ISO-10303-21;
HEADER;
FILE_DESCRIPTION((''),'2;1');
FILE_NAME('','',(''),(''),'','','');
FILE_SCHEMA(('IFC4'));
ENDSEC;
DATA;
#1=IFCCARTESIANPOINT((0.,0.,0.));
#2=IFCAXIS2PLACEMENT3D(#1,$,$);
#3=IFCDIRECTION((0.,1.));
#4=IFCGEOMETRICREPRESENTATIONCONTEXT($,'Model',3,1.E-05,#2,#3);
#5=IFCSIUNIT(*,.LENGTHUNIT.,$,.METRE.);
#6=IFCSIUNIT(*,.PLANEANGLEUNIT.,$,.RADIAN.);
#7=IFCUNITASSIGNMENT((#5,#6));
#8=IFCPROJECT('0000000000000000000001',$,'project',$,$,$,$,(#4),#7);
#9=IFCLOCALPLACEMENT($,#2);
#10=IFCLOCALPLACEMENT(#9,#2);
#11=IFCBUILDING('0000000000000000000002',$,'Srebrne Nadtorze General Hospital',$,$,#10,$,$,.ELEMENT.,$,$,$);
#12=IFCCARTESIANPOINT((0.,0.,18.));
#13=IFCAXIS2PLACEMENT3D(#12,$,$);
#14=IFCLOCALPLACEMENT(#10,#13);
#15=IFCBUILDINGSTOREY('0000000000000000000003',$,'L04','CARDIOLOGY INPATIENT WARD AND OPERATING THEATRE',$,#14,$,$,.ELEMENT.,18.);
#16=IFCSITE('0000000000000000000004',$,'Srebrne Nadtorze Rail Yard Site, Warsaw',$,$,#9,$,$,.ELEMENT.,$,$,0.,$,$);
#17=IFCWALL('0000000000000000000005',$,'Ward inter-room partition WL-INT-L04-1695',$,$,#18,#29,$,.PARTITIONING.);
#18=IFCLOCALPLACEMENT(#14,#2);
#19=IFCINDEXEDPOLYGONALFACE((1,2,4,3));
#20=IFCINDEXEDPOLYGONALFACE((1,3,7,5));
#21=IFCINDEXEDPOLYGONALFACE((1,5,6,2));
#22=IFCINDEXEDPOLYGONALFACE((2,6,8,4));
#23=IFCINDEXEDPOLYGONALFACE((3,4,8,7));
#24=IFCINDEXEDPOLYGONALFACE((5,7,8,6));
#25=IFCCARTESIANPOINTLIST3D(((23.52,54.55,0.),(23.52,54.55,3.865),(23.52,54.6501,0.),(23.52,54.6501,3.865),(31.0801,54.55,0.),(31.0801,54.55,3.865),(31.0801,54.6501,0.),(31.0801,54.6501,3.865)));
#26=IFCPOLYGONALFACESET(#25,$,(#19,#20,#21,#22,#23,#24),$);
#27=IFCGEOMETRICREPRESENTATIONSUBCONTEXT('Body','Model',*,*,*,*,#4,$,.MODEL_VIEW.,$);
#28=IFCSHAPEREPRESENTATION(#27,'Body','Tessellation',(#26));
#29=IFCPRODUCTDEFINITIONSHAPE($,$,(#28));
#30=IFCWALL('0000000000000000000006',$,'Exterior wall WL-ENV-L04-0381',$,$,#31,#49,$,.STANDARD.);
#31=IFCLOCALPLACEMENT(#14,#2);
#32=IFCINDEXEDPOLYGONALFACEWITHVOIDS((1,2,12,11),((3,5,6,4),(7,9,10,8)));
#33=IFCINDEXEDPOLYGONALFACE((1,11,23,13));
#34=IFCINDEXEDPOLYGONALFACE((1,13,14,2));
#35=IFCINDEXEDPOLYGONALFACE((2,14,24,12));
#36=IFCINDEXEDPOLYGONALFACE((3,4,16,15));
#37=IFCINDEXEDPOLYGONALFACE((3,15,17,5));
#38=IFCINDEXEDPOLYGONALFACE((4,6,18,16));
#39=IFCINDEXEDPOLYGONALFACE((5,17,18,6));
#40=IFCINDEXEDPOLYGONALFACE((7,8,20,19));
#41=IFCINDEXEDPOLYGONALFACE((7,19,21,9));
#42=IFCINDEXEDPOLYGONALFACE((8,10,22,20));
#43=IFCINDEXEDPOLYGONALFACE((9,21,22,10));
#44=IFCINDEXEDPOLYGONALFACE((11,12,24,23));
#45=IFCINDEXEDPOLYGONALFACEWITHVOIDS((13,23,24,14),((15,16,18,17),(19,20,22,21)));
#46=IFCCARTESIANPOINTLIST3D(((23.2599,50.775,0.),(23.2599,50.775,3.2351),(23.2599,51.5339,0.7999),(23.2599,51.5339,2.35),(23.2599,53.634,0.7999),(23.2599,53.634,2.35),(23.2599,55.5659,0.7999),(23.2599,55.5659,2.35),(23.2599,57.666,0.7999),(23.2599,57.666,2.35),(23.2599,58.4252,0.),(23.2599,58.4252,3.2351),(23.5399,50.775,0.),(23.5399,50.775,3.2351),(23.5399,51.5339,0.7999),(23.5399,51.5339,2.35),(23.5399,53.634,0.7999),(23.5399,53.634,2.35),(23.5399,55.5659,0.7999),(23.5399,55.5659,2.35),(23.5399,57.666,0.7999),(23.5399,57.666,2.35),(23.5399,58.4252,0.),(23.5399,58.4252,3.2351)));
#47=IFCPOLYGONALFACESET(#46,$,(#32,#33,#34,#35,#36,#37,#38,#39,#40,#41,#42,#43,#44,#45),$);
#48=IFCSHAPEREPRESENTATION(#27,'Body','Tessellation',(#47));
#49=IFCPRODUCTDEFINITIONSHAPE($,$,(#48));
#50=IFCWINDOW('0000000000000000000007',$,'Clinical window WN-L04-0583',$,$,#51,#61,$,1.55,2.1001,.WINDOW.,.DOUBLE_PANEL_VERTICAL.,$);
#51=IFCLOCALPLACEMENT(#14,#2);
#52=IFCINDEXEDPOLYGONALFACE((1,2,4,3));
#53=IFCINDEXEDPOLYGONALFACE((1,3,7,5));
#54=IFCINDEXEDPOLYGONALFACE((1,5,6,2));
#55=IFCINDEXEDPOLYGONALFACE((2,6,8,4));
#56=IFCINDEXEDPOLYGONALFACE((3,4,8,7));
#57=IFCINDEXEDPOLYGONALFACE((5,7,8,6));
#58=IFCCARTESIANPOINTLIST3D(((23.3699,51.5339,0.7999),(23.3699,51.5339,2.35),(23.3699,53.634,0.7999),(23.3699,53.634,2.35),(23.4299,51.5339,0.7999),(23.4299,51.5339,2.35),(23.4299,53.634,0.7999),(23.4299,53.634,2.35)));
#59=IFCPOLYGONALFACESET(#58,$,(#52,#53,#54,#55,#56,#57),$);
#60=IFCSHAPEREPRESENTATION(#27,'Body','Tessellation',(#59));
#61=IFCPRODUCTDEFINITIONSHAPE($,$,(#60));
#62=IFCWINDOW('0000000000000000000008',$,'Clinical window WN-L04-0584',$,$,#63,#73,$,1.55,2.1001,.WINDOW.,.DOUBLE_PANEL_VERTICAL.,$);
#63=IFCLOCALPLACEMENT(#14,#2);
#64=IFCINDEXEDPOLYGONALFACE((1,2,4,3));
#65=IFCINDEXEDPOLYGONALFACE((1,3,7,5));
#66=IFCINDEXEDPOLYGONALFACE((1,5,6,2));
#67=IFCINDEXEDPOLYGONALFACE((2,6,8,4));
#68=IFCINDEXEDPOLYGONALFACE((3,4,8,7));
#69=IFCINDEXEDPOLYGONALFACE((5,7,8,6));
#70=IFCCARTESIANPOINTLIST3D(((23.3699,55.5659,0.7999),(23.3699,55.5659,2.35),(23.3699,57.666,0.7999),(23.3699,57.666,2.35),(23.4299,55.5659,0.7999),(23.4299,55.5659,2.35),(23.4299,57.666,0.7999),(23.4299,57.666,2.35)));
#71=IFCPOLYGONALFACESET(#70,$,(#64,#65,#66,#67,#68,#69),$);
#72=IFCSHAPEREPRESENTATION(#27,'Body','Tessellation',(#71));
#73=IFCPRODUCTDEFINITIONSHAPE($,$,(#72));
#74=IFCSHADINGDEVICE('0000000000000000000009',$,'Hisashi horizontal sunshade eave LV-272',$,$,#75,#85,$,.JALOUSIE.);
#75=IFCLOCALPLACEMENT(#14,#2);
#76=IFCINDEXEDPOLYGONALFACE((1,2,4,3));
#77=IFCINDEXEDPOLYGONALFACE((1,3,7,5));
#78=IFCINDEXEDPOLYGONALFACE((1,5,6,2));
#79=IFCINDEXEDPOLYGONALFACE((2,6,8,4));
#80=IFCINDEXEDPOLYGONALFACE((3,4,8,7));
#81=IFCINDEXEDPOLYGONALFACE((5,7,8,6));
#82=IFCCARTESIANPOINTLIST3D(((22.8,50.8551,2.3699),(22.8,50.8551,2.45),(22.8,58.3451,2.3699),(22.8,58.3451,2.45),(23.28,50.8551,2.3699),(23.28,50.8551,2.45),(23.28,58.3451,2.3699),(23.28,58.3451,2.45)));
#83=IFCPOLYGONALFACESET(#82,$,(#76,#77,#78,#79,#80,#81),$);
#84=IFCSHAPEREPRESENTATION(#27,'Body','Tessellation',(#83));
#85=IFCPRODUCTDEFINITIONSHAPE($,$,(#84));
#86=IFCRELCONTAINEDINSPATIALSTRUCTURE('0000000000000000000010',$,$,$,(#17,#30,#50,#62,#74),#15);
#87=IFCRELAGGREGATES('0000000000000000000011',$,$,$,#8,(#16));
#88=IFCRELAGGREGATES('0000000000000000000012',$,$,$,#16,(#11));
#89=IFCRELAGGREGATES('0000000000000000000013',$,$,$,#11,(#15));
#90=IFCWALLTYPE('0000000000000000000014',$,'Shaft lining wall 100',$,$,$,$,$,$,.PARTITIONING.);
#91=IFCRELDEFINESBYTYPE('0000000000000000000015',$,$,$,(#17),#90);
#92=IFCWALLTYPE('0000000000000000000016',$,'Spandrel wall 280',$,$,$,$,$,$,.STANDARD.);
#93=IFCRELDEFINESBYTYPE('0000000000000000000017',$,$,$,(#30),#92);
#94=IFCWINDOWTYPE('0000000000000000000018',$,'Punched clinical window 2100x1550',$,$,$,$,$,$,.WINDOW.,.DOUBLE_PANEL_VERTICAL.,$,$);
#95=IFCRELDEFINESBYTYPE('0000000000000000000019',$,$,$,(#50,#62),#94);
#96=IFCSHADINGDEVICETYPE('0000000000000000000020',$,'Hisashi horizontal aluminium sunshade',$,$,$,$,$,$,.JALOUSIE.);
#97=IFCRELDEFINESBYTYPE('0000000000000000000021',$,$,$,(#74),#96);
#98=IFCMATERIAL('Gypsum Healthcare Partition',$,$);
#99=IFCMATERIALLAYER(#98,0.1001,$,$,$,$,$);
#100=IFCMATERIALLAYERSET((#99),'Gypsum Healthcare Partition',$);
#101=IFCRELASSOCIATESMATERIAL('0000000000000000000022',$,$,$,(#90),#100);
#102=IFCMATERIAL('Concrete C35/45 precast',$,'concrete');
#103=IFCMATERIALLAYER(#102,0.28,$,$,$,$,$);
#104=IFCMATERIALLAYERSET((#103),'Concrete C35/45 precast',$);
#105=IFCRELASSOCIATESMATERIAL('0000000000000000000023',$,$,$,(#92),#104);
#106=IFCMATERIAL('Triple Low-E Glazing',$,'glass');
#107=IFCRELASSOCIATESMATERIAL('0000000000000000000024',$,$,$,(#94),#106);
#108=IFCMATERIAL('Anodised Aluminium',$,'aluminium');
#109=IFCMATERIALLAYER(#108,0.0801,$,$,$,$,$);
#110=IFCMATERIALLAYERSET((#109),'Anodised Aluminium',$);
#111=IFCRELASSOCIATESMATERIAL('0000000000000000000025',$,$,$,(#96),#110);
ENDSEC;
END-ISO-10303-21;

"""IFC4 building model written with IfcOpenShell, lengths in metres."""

from ifc_helpers import new_model, si_unit, direction, frame, frame_2d, origin, origin_2d, place, context, subcontext, project, spatial, rectangle, extrude, material, layer, layer_set, type_object, element, fill, save


model = new_model("IFC4")

# Units and contexts
model_context = context("Model", 3, precision=1e-05, world=origin(), true_north=direction((0.0, 1.0)))
body_context = subcontext(model_context, "Body", "Model", "MODEL_VIEW")
ifc_project = project(units=[si_unit("LENGTHUNIT", "METRE"), si_unit("PLANEANGLEUNIT", "RADIAN")], contexts=[model_context])

# Site, building, storey
site_placement = place(None, origin())
site = spatial("IfcSite", under=ifc_project, at=site_placement, Name="Srebrne Nadtorze Rail Yard Site, Warsaw", CompositionType="ELEMENT", RefElevation=0.0)
building_placement = place(site_placement, origin())
building = spatial("IfcBuilding", under=site, at=building_placement, Name="Srebrne Nadtorze General Hospital", CompositionType="ELEMENT")
storey_placement = place(building_placement, frame((0.0, 0.0, 18.0)))
storey = spatial("IfcBuildingStorey", under=building, at=storey_placement, Name="L04", Description="CARDIOLOGY INPATIENT WARD AND OPERATING THEATRE", CompositionType="ELEMENT", Elevation=18.0)

# Wall
ifc_material_1 = material(Name="Gypsum Healthcare Partition")
ifc_layer_1 = layer(ifc_material_1, 0.1001)
ifc_layer_set_1 = layer_set([ifc_layer_1], Name="Gypsum Healthcare Partition")
wall_type_1 = type_object("IfcWallType", Name="Shaft lining wall 100", PredefinedType="PARTITIONING", material=ifc_layer_set_1)
wall_1_placement = place(storey_placement, frame((23.52, 54.6001, 0.0), z_axis=(0.0, 0.0, 1.0), x_axis=(1.0, 0.0, 0.0)))
element("IfcWall", 1, at=wall_1_placement, inside=storey, type_object=wall_type_1, Name="Ward inter-room partition WL-INT-L04-1695", PredefinedType="PARTITIONING", context=body_context, shape_type="SweptSolid", body=[
    extrude(rectangle(XDim=7.5601, YDim=0.1001, at=frame_2d((3.78, 0.0))), origin(), (0.0, 0.0, 1.0), 3.865),
])

# Wall, openings, windows
ifc_material_2 = material(Name="Concrete C35/45 precast", Category="concrete")
ifc_layer_2 = layer(ifc_material_2, 0.28)
ifc_layer_set_2 = layer_set([ifc_layer_2], Name="Concrete C35/45 precast")
wall_type_2 = type_object("IfcWallType", Name="Spandrel wall 280", PredefinedType="STANDARD", material=ifc_layer_set_2)
wall_2_placement = place(storey_placement, frame((23.3999, 50.7749, 0.0), z_axis=(0.0, 0.0, 1.0), x_axis=(0.0, 1.0, 0.0)))
wall_2 = element("IfcWall", 2, at=wall_2_placement, inside=storey, type_object=wall_type_2, Name="Exterior wall WL-ENV-L04-0381", PredefinedType="STANDARD", context=body_context, shape_type="SweptSolid", body=[
    extrude(rectangle(XDim=7.6501, YDim=0.28, at=frame_2d((3.8252, 0.0))), origin(), (0.0, 0.0, 1.0), 3.2351),
])
opening_1_placement = place(wall_2_placement, frame((0.759, 0.0, 0.8)))
opening_1 = element("IfcOpeningElement", 3, at=opening_1_placement, cuts=wall_2, PredefinedType="OPENING", context=body_context, shape_type="SweptSolid", body=[
    extrude(rectangle(XDim=2.1001, YDim=1.55, at=frame_2d((1.05, 0.7749))), frame((0.0, 0.1519, 0.0), z_axis=(0.0, -1.0, 0.0), x_axis=(1.0, 0.0, 0.0)), (0.0, 0.0, 1.0), 0.304),
])
opening_2_placement = place(wall_2_placement, frame((4.791, 0.0, 0.8)))
opening_2 = element("IfcOpeningElement", 4, at=opening_2_placement, cuts=wall_2, PredefinedType="OPENING", context=body_context, shape_type="SweptSolid", body=[
    extrude(rectangle(XDim=2.1001, YDim=1.55, at=frame_2d((1.05, 0.7749))), frame((0.0, 0.1519, 0.0), z_axis=(0.0, -1.0, 0.0), x_axis=(1.0, 0.0, 0.0)), (0.0, 0.0, 1.0), 0.304),
])
ifc_material_3 = material(Name="Triple Low-E Glazing", Category="glass")
window_type = type_object("IfcWindowType", Name="Punched clinical window 2100x1550", PartitioningType="DOUBLE_PANEL_VERTICAL", PredefinedType="WINDOW", material=ifc_material_3)
window_1_placement = place(opening_1_placement, origin())
window_1 = element("IfcWindow", 5, at=window_1_placement, inside=storey, type_object=window_type, Name="Clinical window WN-L04-0583", OverallHeight=1.55, OverallWidth=2.1001, PartitioningType="DOUBLE_PANEL_VERTICAL", PredefinedType="WINDOW", context=body_context, shape_type="SweptSolid", body=[
    extrude(rectangle(XDim=2.1001, YDim=1.55, at=frame_2d((1.05, 0.7749))), frame((0.0, 0.03, 0.0), z_axis=(0.0, -1.0, 0.0), x_axis=(1.0, 0.0, 0.0)), (0.0, 0.0, 1.0), 0.0601),
])
fill(opening_1, window_1)
window_2_placement = place(opening_2_placement, origin())
window_2 = element("IfcWindow", 6, at=window_2_placement, inside=storey, type_object=window_type, Name="Clinical window WN-L04-0584", OverallHeight=1.55, OverallWidth=2.1001, PartitioningType="DOUBLE_PANEL_VERTICAL", PredefinedType="WINDOW", context=body_context, shape_type="SweptSolid", body=[
    extrude(rectangle(XDim=2.1001, YDim=1.55, at=frame_2d((1.05, 0.7749))), frame((0.0, 0.03, 0.0), z_axis=(0.0, -1.0, 0.0), x_axis=(1.0, 0.0, 0.0)), (0.0, 0.0, 1.0), 0.0601),
])
fill(opening_2, window_2)

# Shading device
ifc_material_4 = material(Name="Anodised Aluminium", Category="aluminium")
ifc_layer_3 = layer(ifc_material_4, 0.0801)
ifc_layer_set_3 = layer_set([ifc_layer_3], Name="Anodised Aluminium")
shading_device_type = type_object("IfcShadingDeviceType", Name="Hisashi horizontal aluminium sunshade", PredefinedType="JALOUSIE", material=ifc_layer_set_3)
shading_device_placement = place(storey_placement, frame((23.04, 54.6001, 2.3699), z_axis=(0.0, 0.0, 1.0), x_axis=(1.0, 0.0, 0.0)))
element("IfcShadingDevice", 7, at=shading_device_placement, inside=storey, type_object=shading_device_type, Name="Hisashi horizontal sunshade eave LV-272", PredefinedType="JALOUSIE", context=body_context, shape_type="SweptSolid", body=[
    extrude(rectangle(XDim=0.48, YDim=7.49, at=origin_2d()), origin(), (0.0, 0.0, 1.0), 0.0801),
])

save(model, "model.ifc")
